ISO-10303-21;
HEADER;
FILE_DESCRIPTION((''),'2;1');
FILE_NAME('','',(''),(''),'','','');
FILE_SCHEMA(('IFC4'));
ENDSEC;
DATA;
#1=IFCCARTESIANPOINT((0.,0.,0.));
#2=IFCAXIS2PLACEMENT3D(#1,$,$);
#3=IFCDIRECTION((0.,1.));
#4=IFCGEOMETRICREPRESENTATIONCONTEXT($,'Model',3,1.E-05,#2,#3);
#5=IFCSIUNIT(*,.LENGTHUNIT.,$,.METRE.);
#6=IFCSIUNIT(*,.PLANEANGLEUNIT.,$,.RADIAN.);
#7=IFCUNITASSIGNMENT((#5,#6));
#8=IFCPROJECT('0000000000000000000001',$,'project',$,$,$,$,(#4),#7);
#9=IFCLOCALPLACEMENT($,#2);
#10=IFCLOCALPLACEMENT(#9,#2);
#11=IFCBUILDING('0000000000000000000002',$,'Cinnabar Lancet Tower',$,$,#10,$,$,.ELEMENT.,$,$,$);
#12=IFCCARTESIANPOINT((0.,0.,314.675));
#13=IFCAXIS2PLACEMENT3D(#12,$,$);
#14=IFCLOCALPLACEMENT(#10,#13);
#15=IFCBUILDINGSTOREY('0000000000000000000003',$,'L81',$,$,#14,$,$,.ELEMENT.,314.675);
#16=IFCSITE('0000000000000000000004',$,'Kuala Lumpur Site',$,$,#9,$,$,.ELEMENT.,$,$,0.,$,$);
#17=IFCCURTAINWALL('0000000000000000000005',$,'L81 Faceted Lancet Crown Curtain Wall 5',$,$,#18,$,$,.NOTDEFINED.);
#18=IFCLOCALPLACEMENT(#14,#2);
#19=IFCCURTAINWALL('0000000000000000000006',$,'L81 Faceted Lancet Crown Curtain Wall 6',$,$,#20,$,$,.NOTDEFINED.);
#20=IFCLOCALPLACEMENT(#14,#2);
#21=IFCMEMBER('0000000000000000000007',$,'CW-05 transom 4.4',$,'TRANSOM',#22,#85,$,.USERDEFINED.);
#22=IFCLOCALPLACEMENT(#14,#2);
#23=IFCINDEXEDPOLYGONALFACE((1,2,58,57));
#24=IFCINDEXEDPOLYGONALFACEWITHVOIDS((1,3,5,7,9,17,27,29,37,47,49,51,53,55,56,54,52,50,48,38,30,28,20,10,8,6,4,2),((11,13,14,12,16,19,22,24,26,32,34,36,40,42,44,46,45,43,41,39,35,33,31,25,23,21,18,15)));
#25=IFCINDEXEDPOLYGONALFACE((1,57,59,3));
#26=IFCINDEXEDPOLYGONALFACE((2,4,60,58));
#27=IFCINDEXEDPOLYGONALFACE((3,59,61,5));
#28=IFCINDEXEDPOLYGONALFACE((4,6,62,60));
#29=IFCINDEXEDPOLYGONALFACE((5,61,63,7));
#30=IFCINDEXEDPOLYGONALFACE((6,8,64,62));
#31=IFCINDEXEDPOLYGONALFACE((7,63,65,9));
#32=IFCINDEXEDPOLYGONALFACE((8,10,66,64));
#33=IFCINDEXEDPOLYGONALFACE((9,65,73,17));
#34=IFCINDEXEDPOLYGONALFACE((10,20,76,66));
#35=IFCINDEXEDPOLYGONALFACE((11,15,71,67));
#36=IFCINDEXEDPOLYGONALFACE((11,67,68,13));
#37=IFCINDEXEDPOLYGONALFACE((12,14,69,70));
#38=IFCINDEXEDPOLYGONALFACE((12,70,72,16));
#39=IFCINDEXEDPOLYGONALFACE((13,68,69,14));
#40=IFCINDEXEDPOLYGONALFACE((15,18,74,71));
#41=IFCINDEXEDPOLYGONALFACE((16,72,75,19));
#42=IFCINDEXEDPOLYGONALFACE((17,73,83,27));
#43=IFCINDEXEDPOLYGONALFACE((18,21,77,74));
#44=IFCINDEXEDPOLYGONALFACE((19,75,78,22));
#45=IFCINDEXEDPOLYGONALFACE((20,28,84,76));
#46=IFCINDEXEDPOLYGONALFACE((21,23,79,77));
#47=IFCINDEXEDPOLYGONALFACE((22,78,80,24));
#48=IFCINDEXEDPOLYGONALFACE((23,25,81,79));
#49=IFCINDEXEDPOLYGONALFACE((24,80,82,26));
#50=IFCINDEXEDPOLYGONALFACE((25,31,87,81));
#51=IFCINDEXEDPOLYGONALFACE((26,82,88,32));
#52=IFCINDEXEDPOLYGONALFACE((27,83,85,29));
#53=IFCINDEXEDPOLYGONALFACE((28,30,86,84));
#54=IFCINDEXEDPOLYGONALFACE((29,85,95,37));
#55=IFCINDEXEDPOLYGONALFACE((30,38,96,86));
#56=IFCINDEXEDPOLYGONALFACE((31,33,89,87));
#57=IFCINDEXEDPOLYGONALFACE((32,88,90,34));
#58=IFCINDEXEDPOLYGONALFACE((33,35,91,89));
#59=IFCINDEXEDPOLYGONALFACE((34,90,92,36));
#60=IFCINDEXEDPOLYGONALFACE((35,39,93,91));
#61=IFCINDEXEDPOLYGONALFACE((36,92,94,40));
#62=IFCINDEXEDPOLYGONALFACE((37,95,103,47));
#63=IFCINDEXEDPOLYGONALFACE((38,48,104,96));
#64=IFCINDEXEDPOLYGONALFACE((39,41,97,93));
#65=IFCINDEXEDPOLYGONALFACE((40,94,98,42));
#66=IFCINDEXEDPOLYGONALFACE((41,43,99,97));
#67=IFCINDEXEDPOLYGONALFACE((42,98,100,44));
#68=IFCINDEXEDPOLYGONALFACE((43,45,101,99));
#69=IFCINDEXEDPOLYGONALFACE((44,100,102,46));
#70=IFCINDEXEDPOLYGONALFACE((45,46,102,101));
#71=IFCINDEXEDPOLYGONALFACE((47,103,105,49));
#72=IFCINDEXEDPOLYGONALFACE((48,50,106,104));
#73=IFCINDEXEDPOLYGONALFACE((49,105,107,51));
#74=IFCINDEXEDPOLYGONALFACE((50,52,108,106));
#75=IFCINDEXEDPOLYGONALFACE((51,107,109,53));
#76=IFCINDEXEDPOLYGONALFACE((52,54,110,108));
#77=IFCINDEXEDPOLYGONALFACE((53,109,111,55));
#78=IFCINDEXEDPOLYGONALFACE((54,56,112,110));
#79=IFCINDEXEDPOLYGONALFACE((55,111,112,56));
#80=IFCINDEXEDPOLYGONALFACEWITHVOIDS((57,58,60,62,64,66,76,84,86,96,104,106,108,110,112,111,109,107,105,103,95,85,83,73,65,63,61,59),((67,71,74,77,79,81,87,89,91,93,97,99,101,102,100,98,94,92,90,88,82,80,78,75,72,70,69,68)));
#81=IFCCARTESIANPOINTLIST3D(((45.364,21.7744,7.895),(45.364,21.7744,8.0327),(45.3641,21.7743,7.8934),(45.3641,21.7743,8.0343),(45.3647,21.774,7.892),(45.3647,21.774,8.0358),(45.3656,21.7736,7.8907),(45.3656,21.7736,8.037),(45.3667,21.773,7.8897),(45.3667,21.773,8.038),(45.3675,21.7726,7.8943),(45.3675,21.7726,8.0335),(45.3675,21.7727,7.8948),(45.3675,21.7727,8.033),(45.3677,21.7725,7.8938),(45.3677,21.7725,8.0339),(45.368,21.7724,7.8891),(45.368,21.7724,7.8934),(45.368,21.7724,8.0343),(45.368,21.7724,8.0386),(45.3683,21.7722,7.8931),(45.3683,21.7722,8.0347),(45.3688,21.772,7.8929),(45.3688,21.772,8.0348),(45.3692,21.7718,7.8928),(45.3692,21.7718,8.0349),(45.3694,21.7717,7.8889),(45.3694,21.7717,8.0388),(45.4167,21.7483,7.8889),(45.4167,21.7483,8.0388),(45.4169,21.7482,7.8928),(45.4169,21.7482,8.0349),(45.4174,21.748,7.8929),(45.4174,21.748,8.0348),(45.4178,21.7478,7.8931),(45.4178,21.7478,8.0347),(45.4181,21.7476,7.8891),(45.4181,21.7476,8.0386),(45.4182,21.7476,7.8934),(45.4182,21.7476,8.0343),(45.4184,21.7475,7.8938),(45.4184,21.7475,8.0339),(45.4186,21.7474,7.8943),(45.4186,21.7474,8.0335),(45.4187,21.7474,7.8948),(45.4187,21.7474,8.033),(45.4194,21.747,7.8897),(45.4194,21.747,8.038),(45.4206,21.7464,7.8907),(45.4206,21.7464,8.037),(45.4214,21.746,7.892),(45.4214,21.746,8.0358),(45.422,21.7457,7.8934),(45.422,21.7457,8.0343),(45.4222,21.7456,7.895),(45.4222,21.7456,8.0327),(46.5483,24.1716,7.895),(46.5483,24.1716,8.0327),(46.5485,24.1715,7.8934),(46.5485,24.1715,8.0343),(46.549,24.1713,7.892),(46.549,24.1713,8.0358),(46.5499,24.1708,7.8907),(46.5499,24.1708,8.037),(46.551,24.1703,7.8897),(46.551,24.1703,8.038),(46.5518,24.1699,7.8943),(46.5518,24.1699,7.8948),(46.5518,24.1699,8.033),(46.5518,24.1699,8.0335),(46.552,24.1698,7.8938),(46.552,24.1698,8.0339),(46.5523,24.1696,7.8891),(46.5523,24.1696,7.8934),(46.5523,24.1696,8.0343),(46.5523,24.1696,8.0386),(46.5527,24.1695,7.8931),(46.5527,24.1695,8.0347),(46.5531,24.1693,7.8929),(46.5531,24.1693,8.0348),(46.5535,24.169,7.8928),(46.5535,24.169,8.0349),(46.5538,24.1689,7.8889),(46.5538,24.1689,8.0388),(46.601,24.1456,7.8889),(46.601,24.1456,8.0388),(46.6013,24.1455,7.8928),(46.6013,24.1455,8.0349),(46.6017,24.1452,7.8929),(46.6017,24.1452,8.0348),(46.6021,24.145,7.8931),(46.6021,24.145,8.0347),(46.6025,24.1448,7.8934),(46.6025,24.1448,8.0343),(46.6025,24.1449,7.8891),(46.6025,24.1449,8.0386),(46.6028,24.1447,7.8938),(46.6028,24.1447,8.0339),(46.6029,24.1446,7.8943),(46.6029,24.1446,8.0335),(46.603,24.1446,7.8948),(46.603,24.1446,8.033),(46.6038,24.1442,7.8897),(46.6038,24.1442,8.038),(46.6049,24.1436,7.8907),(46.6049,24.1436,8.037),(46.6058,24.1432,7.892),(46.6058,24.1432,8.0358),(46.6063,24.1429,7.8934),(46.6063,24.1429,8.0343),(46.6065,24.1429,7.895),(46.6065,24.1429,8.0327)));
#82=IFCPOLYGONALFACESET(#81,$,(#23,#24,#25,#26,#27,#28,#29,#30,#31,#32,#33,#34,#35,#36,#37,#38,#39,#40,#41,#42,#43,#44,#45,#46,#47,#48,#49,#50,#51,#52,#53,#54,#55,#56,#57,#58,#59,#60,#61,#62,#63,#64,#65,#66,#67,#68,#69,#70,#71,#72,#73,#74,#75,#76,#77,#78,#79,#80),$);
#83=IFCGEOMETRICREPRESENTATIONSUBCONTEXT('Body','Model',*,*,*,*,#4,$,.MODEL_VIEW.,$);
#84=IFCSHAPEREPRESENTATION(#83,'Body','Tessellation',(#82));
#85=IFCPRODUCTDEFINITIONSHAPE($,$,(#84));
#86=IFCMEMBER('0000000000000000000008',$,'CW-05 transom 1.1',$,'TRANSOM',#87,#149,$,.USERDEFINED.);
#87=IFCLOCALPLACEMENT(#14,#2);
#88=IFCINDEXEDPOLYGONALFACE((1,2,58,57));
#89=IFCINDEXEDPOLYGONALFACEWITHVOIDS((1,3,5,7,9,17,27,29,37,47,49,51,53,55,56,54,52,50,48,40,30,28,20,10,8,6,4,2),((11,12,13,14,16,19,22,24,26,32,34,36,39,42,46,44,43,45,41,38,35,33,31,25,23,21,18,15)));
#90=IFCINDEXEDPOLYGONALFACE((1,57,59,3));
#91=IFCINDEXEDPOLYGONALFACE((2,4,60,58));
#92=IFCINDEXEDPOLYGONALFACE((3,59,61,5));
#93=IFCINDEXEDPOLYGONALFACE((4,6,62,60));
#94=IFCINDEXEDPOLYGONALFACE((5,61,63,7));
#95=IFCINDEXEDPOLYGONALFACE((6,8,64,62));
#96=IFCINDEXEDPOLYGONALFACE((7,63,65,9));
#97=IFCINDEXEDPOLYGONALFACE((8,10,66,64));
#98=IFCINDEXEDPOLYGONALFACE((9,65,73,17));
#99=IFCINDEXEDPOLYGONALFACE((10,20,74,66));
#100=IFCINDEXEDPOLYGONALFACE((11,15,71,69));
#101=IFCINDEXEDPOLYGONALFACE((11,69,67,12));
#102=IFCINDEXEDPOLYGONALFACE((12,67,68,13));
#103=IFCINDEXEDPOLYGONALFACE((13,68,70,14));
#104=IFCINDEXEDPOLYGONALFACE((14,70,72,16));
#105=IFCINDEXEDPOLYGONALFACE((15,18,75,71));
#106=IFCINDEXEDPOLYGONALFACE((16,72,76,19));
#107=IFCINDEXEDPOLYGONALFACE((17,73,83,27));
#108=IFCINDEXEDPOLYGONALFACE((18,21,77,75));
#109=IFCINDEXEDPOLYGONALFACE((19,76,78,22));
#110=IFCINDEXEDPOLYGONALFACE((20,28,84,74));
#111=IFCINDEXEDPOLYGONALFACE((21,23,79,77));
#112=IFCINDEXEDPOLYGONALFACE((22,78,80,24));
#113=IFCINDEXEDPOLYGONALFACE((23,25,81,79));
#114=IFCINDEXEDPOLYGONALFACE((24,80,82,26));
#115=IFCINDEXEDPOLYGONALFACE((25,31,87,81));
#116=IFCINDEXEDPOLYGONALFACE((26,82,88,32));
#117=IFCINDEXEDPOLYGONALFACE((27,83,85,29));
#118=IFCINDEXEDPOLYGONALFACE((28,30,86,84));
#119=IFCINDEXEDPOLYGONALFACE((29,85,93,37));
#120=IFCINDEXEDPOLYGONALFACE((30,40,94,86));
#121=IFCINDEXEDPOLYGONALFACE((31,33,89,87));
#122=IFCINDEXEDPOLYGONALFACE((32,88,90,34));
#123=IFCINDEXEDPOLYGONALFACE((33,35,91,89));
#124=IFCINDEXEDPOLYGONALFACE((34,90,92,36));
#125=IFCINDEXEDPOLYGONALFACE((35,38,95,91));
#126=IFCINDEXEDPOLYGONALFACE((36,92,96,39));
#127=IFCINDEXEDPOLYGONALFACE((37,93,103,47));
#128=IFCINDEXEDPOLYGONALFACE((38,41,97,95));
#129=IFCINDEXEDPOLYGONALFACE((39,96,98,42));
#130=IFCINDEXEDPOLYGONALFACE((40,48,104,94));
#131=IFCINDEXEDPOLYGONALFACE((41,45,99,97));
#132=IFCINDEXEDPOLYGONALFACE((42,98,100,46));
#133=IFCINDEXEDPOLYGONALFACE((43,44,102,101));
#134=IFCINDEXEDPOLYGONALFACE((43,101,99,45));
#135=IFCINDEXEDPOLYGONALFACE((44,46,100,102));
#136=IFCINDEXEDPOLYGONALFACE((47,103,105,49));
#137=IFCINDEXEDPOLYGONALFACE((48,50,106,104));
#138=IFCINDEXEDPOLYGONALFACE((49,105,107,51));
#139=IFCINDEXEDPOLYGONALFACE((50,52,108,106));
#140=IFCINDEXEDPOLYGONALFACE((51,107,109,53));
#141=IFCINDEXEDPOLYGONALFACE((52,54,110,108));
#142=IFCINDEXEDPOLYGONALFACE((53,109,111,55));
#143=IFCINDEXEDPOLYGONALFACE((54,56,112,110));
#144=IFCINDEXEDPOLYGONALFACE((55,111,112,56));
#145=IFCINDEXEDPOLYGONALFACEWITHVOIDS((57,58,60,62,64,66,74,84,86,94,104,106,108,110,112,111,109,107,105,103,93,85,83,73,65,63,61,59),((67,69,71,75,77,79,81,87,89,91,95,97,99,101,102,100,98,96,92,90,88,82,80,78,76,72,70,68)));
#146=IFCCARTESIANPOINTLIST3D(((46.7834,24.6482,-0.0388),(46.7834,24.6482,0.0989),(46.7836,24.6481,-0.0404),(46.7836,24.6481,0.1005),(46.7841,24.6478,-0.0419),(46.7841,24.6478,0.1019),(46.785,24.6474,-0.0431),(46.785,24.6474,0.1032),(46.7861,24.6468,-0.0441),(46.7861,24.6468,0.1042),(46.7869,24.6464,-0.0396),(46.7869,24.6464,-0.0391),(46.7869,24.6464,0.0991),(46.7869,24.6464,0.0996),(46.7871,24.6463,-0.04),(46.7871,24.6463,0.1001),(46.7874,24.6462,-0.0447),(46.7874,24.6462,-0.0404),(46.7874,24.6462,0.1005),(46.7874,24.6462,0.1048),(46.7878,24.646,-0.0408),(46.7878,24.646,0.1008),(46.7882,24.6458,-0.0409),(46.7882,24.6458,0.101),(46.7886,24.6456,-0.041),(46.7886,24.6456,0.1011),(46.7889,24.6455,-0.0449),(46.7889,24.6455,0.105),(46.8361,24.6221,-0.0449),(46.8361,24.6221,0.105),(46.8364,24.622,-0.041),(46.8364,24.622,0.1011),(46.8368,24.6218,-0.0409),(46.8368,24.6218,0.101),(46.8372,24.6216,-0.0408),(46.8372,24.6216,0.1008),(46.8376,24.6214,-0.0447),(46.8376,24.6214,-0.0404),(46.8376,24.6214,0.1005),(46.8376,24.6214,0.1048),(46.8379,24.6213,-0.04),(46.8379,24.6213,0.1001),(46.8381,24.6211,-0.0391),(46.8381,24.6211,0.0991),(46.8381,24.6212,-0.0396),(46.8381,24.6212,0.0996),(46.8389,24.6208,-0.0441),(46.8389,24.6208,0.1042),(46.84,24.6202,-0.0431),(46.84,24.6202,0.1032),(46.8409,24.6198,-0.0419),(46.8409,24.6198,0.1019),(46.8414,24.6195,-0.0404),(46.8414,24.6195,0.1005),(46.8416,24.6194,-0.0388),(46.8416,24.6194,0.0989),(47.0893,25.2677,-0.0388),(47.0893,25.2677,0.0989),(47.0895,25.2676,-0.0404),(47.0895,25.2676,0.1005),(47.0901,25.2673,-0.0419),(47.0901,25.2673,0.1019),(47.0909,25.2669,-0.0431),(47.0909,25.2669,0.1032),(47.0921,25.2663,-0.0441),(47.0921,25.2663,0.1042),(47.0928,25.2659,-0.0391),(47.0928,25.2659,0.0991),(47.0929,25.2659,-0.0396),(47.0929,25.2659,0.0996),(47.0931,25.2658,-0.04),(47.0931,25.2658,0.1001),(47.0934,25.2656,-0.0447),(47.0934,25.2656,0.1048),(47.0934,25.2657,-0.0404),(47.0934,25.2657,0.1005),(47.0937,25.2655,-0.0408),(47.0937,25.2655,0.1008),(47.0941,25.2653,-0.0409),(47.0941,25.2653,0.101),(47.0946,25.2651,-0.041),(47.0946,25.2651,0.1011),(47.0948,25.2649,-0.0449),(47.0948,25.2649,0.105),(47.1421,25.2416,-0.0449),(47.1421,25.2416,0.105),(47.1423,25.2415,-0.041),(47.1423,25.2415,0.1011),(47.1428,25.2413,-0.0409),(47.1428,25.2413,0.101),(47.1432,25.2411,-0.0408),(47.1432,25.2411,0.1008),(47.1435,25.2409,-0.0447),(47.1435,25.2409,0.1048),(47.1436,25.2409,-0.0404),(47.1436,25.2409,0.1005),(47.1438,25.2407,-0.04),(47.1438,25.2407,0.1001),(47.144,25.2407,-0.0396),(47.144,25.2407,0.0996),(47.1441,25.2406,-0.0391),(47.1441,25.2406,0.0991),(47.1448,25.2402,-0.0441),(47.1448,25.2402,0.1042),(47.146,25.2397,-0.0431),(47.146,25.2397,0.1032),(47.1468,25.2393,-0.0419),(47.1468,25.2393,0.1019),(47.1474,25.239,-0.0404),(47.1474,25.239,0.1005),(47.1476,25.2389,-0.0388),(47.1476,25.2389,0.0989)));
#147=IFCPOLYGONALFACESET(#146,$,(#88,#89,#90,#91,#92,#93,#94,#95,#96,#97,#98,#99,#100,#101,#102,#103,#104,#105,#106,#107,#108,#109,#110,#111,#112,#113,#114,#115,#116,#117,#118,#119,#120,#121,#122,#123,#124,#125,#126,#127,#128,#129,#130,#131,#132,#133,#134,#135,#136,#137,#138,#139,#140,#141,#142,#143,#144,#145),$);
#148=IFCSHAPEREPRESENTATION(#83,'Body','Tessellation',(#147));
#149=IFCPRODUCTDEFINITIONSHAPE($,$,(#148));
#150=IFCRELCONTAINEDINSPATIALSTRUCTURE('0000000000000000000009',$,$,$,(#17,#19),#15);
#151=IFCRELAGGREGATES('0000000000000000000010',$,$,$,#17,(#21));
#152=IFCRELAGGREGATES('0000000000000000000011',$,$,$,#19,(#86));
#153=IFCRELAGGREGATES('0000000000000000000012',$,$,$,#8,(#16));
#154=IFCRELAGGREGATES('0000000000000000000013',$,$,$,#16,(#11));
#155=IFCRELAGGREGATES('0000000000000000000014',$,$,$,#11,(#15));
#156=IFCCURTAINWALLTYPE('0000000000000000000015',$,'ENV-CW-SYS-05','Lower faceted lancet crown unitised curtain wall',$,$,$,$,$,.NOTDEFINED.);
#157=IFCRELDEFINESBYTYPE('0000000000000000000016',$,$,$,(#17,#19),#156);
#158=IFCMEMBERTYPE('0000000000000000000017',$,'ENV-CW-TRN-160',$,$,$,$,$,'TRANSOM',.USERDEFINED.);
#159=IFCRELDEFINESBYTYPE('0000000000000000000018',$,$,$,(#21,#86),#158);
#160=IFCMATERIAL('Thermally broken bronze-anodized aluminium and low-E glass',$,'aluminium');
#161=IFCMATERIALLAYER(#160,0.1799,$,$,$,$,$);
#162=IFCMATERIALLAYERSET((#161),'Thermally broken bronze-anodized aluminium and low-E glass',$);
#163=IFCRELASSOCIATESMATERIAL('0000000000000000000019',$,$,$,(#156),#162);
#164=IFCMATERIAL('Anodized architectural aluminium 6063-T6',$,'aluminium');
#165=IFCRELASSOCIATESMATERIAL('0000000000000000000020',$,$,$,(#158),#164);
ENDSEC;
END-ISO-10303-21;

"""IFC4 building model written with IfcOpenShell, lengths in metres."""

from ifc_helpers import new_model, si_unit, direction, frame, origin, origin_2d, place, context, subcontext, project, spatial, hollow_rectangle, extrude, material, layer, layer_set, material_profile, profile_set, type_object, element, aggregate, save


model = new_model("IFC4")

# Units and contexts
model_context = context("Model", 3, precision=1e-05, world=origin(), true_north=direction((0.0, 1.0)))
body_context = subcontext(model_context, "Body", "Model", "MODEL_VIEW")
ifc_project = project(units=[si_unit("LENGTHUNIT", "METRE"), si_unit("PLANEANGLEUNIT", "RADIAN")], contexts=[model_context])

# Site, building, storey
site_placement = place(None, origin())
site = spatial("IfcSite", under=ifc_project, at=site_placement, Name="Kuala Lumpur Site", CompositionType="ELEMENT", RefElevation=0.0)
building_placement = place(site_placement, origin())
building = spatial("IfcBuilding", under=site, at=building_placement, Name="Cinnabar Lancet Tower", CompositionType="ELEMENT")
storey_placement = place(building_placement, frame((0.0, 0.0, 314.675)))
storey = spatial("IfcBuildingStorey", under=building, at=storey_placement, Name="L81", CompositionType="ELEMENT", Elevation=314.675)

# Curtain walls
ifc_material_1 = material(Name="Thermally broken bronze-anodized aluminium and low-E glass", Category="aluminium")
ifc_layer_1 = layer(ifc_material_1, 0.1799)
ifc_layer_set_1 = layer_set([ifc_layer_1], Name="Thermally broken bronze-anodized aluminium and low-E glass")
curtain_wall_type = type_object("IfcCurtainWallType", Name="ENV-CW-SYS-05", Description="Lower faceted lancet crown unitised curtain wall", PredefinedType="NOTDEFINED", material=ifc_layer_set_1)
curtain_wall_1_placement = place(storey_placement, origin())
curtain_wall_1 = element("IfcCurtainWall", 1, at=curtain_wall_1_placement, inside=storey, type_object=curtain_wall_type, Name="L81 Faceted Lancet Crown Curtain Wall 5", PredefinedType="NOTDEFINED")
curtain_wall_2_placement = place(storey_placement, origin())
curtain_wall_2 = element("IfcCurtainWall", 2, at=curtain_wall_2_placement, inside=storey, type_object=curtain_wall_type, Name="L81 Faceted Lancet Crown Curtain Wall 6", PredefinedType="NOTDEFINED")

# Members
ifc_material_2 = material(Name="Anodized architectural aluminium 6063-T6", Category="aluminium")
ifc_material_profile_1 = material_profile(ifc_material_2, hollow_rectangle(XDim=0.0649, YDim=0.1499, WallThickness=0.0039, InnerFilletRadius=0.002, OuterFilletRadius=0.0061, at=origin_2d()), Name="CW-TRN 150x65x4")
ifc_profile_set_1 = profile_set([ifc_material_profile_1], Name="Anodized architectural aluminium 6063-T6")
member_type_1 = type_object("IfcMemberType", Name="ENV-CW-TRN-160", ElementType="TRANSOM", PredefinedType="USERDEFINED", material=ifc_profile_set_1)
member_1_placement = place(storey_placement, frame((45.3931, 21.76, 7.9639), z_axis=(0.442935, 0.896554, 0.0), x_axis=(-0.896554, 0.442935, 0.0)))
member_1 = element("IfcMember", 3, at=member_1_placement, type_object=member_type_1, Name="CW-05 transom 4.4", ObjectType="TRANSOM", PredefinedType="USERDEFINED", context=body_context, shape_type="SweptSolid", body=[
    extrude(hollow_rectangle(XDim=0.0649, YDim=0.1499, WallThickness=0.0039, InnerFilletRadius=0.002, OuterFilletRadius=0.0061, at=origin_2d()), origin(), (0.0, 0.0, 1.0), 2.6738),
])
member_2_placement = place(storey_placement, frame((46.8125, 24.6338, 0.03), z_axis=(0.442826, 0.896608, 0.0), x_axis=(-0.896608, 0.442826, 0.0)))
member_2 = element("IfcMember", 4, at=member_2_placement, type_object=member_type_1, Name="CW-05 transom 1.1", ObjectType="TRANSOM", PredefinedType="USERDEFINED", context=body_context, shape_type="SweptSolid", body=[
    extrude(hollow_rectangle(XDim=0.0649, YDim=0.1499, WallThickness=0.0039, InnerFilletRadius=0.002, OuterFilletRadius=0.0061, at=origin_2d()), origin(), (0.0, 0.0, 1.0), 0.6909),
])

aggregate(curtain_wall_1, [member_1])
aggregate(curtain_wall_2, [member_2])

save(model, "model.ifc")
